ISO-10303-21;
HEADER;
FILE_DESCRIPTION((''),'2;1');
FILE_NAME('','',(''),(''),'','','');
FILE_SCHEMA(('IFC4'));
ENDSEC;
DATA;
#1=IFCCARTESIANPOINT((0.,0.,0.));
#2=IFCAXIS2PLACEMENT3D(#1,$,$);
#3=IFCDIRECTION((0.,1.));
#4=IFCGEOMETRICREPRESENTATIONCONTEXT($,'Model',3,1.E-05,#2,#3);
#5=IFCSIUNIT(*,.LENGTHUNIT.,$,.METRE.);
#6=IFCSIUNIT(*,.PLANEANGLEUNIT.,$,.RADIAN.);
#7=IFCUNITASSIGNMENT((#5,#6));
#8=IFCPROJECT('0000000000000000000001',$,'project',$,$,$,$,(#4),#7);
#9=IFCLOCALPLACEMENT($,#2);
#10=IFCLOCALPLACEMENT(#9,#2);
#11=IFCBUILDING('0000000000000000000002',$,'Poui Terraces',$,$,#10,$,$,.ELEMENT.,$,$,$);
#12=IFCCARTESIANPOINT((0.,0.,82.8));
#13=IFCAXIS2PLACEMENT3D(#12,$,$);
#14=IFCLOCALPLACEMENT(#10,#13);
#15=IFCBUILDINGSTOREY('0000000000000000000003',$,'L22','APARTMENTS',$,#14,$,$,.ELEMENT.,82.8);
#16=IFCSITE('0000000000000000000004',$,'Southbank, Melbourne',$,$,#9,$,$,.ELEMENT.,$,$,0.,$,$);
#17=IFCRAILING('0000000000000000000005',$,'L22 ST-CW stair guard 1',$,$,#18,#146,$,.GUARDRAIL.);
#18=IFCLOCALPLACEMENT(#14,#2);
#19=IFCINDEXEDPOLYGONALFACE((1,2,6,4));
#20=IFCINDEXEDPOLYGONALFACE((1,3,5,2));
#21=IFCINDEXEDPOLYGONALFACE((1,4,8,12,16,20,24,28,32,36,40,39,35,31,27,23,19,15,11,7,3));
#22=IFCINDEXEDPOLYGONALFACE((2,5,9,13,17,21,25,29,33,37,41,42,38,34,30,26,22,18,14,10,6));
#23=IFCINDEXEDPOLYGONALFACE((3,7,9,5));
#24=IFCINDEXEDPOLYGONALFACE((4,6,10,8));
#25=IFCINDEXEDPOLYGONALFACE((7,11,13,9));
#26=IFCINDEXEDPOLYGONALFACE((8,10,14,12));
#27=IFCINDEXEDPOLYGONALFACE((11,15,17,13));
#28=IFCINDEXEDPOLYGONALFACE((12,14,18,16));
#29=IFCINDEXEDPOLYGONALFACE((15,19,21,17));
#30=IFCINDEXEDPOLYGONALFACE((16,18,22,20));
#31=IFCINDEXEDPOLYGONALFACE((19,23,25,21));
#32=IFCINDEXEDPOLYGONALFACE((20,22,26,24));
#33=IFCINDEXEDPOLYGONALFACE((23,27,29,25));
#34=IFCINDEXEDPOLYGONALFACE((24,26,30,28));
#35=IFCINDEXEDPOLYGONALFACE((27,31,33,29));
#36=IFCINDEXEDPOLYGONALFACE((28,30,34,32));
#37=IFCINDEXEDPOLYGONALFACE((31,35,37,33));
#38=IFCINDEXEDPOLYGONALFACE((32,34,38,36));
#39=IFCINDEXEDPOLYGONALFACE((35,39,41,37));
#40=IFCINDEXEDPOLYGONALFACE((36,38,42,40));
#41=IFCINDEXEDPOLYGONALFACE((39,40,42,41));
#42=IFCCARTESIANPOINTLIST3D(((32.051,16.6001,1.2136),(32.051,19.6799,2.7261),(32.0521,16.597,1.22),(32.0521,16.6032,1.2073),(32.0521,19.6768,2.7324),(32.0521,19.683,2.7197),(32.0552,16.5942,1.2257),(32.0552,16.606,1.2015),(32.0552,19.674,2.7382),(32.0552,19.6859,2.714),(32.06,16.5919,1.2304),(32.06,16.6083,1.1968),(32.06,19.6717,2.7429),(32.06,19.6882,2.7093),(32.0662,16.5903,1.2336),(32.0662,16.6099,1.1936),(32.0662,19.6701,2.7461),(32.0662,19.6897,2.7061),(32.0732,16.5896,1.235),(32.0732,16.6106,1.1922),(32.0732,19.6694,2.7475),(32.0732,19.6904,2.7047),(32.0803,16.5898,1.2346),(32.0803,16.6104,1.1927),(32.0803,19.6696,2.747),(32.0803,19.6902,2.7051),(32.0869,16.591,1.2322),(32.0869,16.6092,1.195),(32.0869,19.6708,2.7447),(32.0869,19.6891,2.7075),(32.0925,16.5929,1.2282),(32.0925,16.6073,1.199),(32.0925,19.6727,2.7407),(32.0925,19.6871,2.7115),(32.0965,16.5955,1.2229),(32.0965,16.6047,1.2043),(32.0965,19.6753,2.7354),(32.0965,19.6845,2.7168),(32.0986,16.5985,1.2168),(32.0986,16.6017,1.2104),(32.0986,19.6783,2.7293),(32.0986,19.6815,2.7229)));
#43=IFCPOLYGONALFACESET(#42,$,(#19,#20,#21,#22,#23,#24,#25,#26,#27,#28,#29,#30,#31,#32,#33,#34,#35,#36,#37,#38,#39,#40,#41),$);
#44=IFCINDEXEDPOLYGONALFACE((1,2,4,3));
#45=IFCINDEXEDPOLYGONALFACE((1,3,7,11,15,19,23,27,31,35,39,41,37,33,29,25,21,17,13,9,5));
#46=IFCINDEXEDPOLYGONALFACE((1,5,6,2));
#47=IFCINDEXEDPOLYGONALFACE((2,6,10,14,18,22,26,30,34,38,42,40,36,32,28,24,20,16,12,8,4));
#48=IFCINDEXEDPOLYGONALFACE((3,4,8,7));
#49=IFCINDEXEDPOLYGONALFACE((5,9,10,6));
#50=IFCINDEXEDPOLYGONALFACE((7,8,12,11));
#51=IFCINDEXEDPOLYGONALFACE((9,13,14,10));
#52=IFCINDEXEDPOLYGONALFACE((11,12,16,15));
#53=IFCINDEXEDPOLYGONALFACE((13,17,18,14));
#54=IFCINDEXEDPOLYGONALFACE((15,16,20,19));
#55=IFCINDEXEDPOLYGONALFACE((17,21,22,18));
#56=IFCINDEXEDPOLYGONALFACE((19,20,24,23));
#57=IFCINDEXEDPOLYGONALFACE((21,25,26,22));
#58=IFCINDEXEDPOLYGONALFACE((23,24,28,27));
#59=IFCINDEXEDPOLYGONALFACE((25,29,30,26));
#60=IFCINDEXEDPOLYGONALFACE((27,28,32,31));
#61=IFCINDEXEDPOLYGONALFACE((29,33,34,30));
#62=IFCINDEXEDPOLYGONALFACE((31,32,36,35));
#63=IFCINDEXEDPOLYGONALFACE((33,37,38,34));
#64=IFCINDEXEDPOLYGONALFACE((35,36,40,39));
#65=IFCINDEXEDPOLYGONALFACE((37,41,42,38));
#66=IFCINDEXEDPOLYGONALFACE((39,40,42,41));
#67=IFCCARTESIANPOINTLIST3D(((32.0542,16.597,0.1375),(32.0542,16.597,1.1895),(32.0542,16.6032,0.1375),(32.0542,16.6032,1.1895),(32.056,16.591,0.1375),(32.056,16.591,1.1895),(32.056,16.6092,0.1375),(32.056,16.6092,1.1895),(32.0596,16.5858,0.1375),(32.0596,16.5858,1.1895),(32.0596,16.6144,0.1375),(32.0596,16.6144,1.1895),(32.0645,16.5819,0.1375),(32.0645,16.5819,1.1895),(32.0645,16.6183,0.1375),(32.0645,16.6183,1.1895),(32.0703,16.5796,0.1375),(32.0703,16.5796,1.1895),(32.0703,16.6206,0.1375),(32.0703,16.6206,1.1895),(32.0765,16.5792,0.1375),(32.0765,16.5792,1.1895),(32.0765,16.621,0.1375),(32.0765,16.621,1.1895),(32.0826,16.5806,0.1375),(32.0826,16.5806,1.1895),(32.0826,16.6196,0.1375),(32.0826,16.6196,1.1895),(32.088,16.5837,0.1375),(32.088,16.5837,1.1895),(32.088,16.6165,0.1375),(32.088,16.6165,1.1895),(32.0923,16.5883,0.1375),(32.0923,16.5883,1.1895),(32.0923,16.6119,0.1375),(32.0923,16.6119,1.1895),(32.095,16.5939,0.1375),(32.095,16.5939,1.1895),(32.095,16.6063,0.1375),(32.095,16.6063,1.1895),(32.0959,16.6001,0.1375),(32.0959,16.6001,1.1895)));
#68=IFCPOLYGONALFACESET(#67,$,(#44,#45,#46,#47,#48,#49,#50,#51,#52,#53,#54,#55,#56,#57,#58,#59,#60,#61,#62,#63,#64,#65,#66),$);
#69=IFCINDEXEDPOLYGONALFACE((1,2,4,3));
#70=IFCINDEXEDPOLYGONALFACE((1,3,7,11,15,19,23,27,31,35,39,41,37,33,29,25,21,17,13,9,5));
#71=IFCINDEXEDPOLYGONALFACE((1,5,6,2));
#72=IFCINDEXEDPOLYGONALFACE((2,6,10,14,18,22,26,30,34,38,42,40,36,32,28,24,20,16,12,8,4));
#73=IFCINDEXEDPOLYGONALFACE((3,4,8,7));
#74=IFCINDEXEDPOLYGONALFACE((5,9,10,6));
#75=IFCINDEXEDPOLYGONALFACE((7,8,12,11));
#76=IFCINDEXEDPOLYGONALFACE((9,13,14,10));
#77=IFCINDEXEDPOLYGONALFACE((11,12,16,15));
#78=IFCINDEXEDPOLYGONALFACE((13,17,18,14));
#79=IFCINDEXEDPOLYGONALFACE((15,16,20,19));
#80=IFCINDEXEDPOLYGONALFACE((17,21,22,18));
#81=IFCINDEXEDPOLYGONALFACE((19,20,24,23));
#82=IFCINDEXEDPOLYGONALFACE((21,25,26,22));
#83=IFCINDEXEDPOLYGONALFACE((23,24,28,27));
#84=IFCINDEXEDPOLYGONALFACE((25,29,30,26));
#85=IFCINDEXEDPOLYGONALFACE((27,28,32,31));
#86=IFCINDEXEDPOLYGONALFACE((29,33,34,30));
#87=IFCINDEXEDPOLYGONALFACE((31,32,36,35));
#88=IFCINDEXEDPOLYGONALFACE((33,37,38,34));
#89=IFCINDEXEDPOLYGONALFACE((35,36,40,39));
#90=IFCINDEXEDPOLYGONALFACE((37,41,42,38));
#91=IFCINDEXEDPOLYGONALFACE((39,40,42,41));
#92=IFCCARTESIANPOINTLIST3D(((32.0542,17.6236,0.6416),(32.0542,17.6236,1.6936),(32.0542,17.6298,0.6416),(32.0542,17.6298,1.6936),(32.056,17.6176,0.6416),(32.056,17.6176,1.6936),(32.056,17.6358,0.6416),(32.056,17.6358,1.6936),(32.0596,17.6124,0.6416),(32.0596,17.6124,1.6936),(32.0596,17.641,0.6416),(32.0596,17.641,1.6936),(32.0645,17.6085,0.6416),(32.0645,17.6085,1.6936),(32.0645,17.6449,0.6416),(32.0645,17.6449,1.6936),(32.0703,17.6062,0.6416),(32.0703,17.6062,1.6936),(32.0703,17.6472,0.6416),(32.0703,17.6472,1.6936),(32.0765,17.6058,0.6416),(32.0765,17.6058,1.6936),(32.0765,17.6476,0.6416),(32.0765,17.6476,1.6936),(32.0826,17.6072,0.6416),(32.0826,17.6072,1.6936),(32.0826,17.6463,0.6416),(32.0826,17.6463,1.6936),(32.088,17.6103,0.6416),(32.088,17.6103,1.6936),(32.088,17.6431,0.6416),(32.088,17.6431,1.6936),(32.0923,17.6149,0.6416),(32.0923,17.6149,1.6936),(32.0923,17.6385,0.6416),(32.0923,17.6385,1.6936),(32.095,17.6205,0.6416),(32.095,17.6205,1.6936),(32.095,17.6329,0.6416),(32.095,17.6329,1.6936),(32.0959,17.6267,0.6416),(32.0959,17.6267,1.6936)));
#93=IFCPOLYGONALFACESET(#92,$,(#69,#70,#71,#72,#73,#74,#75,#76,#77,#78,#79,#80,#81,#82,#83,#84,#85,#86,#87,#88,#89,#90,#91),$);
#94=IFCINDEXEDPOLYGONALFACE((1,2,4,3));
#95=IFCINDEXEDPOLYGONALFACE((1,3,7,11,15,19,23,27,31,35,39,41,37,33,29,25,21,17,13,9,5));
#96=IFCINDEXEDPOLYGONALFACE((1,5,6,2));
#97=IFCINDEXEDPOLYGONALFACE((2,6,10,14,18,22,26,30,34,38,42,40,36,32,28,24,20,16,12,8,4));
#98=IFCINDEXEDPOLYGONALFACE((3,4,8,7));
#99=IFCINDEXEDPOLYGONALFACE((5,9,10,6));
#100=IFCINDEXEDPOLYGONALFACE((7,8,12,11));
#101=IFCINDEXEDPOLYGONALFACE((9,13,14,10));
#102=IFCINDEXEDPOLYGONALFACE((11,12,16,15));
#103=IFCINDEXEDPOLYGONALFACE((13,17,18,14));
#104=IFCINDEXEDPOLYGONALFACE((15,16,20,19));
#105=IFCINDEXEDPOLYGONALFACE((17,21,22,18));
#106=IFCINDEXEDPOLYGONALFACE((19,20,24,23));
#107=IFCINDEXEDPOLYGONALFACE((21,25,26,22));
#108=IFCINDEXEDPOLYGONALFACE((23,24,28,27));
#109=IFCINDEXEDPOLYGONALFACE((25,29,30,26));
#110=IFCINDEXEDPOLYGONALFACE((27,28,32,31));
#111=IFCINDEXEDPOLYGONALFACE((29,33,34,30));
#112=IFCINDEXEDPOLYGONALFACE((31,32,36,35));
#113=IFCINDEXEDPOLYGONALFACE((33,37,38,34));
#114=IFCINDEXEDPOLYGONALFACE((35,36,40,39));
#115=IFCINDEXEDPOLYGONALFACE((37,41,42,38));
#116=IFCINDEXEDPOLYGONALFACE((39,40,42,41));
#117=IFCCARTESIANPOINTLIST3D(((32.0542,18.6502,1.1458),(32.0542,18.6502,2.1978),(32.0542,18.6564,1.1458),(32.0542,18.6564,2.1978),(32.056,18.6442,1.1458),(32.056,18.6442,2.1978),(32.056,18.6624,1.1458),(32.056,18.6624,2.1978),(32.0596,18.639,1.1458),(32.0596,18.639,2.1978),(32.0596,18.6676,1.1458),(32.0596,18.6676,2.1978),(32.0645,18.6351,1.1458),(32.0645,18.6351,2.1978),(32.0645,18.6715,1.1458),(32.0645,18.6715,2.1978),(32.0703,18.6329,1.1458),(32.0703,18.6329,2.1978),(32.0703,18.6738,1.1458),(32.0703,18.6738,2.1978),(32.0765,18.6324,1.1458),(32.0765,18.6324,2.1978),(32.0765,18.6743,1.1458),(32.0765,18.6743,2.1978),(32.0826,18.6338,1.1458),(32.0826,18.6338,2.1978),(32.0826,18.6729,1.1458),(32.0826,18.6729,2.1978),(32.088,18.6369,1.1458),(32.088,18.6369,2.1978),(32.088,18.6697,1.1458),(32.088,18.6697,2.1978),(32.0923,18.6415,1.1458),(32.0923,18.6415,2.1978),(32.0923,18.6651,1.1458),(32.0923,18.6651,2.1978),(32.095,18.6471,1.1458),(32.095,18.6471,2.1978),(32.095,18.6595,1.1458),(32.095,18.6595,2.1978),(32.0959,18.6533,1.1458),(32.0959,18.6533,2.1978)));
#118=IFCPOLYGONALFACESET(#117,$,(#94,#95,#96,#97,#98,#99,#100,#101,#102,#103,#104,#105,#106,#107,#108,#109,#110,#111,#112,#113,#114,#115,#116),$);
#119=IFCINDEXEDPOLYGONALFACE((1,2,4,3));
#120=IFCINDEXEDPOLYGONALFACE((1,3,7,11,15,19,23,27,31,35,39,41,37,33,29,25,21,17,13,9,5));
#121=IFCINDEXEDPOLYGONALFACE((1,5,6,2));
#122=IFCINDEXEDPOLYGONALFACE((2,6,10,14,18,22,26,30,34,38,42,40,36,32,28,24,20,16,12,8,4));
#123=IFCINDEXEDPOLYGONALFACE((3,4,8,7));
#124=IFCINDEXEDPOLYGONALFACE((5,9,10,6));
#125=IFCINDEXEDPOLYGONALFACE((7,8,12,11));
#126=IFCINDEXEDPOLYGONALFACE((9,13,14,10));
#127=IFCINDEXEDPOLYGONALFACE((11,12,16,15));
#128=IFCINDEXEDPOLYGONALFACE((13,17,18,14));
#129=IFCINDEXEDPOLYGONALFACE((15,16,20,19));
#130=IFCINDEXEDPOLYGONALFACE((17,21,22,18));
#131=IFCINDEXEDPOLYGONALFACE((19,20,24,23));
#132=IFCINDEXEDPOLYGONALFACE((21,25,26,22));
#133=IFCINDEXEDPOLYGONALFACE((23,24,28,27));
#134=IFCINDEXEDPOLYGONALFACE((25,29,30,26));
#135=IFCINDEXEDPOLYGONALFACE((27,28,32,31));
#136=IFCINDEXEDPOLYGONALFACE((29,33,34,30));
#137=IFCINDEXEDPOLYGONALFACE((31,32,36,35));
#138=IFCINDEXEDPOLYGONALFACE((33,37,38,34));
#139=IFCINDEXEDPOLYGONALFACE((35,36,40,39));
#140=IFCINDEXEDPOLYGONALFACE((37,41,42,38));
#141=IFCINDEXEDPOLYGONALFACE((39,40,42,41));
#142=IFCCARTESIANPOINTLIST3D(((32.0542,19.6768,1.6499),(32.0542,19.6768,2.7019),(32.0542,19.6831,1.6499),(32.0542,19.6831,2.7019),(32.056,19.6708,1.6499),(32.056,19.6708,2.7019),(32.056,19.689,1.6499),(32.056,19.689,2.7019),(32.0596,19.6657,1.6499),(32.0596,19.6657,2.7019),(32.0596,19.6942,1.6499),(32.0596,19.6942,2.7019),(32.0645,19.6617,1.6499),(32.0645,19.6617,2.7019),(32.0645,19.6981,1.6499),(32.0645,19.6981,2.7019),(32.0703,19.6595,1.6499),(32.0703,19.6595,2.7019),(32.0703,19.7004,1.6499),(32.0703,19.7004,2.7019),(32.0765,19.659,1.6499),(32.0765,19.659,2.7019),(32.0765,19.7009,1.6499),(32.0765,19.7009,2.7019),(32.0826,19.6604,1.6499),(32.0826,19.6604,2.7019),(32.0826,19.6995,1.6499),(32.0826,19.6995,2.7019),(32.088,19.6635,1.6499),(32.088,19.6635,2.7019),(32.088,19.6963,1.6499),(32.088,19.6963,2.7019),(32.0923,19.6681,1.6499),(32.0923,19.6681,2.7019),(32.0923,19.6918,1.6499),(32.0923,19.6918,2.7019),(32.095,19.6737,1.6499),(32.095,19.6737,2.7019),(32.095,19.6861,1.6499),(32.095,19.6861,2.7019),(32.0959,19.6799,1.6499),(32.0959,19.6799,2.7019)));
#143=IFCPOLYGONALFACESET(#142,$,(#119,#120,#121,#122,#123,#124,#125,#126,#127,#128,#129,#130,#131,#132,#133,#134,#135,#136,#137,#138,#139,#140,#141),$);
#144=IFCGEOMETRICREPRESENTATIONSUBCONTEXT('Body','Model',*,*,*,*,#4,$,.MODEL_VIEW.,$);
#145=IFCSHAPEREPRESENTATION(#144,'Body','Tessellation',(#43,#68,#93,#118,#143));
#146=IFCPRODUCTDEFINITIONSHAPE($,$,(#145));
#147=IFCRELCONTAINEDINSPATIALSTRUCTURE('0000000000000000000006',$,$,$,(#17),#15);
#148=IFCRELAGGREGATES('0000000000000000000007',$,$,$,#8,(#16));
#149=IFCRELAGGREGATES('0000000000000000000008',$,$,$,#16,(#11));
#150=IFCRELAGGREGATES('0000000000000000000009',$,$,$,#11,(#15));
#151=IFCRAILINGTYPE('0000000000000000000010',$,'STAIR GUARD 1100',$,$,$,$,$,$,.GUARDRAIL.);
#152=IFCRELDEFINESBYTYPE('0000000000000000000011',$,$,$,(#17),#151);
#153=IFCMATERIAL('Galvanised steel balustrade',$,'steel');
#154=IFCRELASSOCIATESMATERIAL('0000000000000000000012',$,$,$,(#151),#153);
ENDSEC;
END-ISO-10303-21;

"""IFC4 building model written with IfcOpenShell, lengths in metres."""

from ifc_helpers import new_model, si_unit, direction, frame, origin, origin_2d, place, context, subcontext, project, spatial, circle, extrude, material, type_object, element, save


model = new_model("IFC4")

# Units and contexts
model_context = context("Model", 3, precision=1e-05, world=origin(), true_north=direction((0.0, 1.0)))
body_context = subcontext(model_context, "Body", "Model", "MODEL_VIEW")
ifc_project = project(units=[si_unit("LENGTHUNIT", "METRE"), si_unit("PLANEANGLEUNIT", "RADIAN")], contexts=[model_context])

# Site, building, storey
site_placement = place(None, origin())
site = spatial("IfcSite", under=ifc_project, at=site_placement, Name="Southbank, Melbourne", CompositionType="ELEMENT", RefElevation=0.0)
building_placement = place(site_placement, origin())
building = spatial("IfcBuilding", under=site, at=building_placement, Name="Poui Terraces", CompositionType="ELEMENT")
storey_placement = place(building_placement, frame((0.0, 0.0, 82.8)))
storey = spatial("IfcBuildingStorey", under=building, at=storey_placement, Name="L22", Description="APARTMENTS", CompositionType="ELEMENT", Elevation=82.8)

# Railing
ifc_material_1 = material(Name="Galvanised steel balustrade", Category="steel")
railing_type_1 = type_object("IfcRailingType", Name="STAIR GUARD 1100", PredefinedType="GUARDRAIL", material=ifc_material_1)
railing_1_placement = place(storey_placement, frame((32.075, 16.6001, 0.1375)))
element("IfcRailing", 1, at=railing_1_placement, inside=storey, type_object=railing_type_1, Name="L22 ST-CW stair guard 1", PredefinedType="GUARDRAIL", context=body_context, shape_type="SweptSolid", body=[
    extrude(circle(Radius=0.0239, at=origin_2d()), frame((0.0, 0.0, 1.0762), z_axis=(0.0, 0.897606, 0.440798), x_axis=(-1.0, 0.0, 0.0)), (0.0, 0.0, 1.0), 3.4312),
    extrude(circle(Radius=0.021, at=origin_2d()), origin(), (0.0, 0.0, 1.0), 1.052),
    extrude(circle(Radius=0.021, at=origin_2d()), frame((0.0, 1.0266, 0.5042)), (0.0, 0.0, 1.0), 1.052),
    extrude(circle(Radius=0.021, at=origin_2d()), frame((0.0, 2.0532, 1.0083)), (0.0, 0.0, 1.0), 1.052),
    extrude(circle(Radius=0.021, at=origin_2d()), frame((0.0, 3.0798, 1.5125)), (0.0, 0.0, 1.0), 1.052),
])

save(model, "model.ifc")
